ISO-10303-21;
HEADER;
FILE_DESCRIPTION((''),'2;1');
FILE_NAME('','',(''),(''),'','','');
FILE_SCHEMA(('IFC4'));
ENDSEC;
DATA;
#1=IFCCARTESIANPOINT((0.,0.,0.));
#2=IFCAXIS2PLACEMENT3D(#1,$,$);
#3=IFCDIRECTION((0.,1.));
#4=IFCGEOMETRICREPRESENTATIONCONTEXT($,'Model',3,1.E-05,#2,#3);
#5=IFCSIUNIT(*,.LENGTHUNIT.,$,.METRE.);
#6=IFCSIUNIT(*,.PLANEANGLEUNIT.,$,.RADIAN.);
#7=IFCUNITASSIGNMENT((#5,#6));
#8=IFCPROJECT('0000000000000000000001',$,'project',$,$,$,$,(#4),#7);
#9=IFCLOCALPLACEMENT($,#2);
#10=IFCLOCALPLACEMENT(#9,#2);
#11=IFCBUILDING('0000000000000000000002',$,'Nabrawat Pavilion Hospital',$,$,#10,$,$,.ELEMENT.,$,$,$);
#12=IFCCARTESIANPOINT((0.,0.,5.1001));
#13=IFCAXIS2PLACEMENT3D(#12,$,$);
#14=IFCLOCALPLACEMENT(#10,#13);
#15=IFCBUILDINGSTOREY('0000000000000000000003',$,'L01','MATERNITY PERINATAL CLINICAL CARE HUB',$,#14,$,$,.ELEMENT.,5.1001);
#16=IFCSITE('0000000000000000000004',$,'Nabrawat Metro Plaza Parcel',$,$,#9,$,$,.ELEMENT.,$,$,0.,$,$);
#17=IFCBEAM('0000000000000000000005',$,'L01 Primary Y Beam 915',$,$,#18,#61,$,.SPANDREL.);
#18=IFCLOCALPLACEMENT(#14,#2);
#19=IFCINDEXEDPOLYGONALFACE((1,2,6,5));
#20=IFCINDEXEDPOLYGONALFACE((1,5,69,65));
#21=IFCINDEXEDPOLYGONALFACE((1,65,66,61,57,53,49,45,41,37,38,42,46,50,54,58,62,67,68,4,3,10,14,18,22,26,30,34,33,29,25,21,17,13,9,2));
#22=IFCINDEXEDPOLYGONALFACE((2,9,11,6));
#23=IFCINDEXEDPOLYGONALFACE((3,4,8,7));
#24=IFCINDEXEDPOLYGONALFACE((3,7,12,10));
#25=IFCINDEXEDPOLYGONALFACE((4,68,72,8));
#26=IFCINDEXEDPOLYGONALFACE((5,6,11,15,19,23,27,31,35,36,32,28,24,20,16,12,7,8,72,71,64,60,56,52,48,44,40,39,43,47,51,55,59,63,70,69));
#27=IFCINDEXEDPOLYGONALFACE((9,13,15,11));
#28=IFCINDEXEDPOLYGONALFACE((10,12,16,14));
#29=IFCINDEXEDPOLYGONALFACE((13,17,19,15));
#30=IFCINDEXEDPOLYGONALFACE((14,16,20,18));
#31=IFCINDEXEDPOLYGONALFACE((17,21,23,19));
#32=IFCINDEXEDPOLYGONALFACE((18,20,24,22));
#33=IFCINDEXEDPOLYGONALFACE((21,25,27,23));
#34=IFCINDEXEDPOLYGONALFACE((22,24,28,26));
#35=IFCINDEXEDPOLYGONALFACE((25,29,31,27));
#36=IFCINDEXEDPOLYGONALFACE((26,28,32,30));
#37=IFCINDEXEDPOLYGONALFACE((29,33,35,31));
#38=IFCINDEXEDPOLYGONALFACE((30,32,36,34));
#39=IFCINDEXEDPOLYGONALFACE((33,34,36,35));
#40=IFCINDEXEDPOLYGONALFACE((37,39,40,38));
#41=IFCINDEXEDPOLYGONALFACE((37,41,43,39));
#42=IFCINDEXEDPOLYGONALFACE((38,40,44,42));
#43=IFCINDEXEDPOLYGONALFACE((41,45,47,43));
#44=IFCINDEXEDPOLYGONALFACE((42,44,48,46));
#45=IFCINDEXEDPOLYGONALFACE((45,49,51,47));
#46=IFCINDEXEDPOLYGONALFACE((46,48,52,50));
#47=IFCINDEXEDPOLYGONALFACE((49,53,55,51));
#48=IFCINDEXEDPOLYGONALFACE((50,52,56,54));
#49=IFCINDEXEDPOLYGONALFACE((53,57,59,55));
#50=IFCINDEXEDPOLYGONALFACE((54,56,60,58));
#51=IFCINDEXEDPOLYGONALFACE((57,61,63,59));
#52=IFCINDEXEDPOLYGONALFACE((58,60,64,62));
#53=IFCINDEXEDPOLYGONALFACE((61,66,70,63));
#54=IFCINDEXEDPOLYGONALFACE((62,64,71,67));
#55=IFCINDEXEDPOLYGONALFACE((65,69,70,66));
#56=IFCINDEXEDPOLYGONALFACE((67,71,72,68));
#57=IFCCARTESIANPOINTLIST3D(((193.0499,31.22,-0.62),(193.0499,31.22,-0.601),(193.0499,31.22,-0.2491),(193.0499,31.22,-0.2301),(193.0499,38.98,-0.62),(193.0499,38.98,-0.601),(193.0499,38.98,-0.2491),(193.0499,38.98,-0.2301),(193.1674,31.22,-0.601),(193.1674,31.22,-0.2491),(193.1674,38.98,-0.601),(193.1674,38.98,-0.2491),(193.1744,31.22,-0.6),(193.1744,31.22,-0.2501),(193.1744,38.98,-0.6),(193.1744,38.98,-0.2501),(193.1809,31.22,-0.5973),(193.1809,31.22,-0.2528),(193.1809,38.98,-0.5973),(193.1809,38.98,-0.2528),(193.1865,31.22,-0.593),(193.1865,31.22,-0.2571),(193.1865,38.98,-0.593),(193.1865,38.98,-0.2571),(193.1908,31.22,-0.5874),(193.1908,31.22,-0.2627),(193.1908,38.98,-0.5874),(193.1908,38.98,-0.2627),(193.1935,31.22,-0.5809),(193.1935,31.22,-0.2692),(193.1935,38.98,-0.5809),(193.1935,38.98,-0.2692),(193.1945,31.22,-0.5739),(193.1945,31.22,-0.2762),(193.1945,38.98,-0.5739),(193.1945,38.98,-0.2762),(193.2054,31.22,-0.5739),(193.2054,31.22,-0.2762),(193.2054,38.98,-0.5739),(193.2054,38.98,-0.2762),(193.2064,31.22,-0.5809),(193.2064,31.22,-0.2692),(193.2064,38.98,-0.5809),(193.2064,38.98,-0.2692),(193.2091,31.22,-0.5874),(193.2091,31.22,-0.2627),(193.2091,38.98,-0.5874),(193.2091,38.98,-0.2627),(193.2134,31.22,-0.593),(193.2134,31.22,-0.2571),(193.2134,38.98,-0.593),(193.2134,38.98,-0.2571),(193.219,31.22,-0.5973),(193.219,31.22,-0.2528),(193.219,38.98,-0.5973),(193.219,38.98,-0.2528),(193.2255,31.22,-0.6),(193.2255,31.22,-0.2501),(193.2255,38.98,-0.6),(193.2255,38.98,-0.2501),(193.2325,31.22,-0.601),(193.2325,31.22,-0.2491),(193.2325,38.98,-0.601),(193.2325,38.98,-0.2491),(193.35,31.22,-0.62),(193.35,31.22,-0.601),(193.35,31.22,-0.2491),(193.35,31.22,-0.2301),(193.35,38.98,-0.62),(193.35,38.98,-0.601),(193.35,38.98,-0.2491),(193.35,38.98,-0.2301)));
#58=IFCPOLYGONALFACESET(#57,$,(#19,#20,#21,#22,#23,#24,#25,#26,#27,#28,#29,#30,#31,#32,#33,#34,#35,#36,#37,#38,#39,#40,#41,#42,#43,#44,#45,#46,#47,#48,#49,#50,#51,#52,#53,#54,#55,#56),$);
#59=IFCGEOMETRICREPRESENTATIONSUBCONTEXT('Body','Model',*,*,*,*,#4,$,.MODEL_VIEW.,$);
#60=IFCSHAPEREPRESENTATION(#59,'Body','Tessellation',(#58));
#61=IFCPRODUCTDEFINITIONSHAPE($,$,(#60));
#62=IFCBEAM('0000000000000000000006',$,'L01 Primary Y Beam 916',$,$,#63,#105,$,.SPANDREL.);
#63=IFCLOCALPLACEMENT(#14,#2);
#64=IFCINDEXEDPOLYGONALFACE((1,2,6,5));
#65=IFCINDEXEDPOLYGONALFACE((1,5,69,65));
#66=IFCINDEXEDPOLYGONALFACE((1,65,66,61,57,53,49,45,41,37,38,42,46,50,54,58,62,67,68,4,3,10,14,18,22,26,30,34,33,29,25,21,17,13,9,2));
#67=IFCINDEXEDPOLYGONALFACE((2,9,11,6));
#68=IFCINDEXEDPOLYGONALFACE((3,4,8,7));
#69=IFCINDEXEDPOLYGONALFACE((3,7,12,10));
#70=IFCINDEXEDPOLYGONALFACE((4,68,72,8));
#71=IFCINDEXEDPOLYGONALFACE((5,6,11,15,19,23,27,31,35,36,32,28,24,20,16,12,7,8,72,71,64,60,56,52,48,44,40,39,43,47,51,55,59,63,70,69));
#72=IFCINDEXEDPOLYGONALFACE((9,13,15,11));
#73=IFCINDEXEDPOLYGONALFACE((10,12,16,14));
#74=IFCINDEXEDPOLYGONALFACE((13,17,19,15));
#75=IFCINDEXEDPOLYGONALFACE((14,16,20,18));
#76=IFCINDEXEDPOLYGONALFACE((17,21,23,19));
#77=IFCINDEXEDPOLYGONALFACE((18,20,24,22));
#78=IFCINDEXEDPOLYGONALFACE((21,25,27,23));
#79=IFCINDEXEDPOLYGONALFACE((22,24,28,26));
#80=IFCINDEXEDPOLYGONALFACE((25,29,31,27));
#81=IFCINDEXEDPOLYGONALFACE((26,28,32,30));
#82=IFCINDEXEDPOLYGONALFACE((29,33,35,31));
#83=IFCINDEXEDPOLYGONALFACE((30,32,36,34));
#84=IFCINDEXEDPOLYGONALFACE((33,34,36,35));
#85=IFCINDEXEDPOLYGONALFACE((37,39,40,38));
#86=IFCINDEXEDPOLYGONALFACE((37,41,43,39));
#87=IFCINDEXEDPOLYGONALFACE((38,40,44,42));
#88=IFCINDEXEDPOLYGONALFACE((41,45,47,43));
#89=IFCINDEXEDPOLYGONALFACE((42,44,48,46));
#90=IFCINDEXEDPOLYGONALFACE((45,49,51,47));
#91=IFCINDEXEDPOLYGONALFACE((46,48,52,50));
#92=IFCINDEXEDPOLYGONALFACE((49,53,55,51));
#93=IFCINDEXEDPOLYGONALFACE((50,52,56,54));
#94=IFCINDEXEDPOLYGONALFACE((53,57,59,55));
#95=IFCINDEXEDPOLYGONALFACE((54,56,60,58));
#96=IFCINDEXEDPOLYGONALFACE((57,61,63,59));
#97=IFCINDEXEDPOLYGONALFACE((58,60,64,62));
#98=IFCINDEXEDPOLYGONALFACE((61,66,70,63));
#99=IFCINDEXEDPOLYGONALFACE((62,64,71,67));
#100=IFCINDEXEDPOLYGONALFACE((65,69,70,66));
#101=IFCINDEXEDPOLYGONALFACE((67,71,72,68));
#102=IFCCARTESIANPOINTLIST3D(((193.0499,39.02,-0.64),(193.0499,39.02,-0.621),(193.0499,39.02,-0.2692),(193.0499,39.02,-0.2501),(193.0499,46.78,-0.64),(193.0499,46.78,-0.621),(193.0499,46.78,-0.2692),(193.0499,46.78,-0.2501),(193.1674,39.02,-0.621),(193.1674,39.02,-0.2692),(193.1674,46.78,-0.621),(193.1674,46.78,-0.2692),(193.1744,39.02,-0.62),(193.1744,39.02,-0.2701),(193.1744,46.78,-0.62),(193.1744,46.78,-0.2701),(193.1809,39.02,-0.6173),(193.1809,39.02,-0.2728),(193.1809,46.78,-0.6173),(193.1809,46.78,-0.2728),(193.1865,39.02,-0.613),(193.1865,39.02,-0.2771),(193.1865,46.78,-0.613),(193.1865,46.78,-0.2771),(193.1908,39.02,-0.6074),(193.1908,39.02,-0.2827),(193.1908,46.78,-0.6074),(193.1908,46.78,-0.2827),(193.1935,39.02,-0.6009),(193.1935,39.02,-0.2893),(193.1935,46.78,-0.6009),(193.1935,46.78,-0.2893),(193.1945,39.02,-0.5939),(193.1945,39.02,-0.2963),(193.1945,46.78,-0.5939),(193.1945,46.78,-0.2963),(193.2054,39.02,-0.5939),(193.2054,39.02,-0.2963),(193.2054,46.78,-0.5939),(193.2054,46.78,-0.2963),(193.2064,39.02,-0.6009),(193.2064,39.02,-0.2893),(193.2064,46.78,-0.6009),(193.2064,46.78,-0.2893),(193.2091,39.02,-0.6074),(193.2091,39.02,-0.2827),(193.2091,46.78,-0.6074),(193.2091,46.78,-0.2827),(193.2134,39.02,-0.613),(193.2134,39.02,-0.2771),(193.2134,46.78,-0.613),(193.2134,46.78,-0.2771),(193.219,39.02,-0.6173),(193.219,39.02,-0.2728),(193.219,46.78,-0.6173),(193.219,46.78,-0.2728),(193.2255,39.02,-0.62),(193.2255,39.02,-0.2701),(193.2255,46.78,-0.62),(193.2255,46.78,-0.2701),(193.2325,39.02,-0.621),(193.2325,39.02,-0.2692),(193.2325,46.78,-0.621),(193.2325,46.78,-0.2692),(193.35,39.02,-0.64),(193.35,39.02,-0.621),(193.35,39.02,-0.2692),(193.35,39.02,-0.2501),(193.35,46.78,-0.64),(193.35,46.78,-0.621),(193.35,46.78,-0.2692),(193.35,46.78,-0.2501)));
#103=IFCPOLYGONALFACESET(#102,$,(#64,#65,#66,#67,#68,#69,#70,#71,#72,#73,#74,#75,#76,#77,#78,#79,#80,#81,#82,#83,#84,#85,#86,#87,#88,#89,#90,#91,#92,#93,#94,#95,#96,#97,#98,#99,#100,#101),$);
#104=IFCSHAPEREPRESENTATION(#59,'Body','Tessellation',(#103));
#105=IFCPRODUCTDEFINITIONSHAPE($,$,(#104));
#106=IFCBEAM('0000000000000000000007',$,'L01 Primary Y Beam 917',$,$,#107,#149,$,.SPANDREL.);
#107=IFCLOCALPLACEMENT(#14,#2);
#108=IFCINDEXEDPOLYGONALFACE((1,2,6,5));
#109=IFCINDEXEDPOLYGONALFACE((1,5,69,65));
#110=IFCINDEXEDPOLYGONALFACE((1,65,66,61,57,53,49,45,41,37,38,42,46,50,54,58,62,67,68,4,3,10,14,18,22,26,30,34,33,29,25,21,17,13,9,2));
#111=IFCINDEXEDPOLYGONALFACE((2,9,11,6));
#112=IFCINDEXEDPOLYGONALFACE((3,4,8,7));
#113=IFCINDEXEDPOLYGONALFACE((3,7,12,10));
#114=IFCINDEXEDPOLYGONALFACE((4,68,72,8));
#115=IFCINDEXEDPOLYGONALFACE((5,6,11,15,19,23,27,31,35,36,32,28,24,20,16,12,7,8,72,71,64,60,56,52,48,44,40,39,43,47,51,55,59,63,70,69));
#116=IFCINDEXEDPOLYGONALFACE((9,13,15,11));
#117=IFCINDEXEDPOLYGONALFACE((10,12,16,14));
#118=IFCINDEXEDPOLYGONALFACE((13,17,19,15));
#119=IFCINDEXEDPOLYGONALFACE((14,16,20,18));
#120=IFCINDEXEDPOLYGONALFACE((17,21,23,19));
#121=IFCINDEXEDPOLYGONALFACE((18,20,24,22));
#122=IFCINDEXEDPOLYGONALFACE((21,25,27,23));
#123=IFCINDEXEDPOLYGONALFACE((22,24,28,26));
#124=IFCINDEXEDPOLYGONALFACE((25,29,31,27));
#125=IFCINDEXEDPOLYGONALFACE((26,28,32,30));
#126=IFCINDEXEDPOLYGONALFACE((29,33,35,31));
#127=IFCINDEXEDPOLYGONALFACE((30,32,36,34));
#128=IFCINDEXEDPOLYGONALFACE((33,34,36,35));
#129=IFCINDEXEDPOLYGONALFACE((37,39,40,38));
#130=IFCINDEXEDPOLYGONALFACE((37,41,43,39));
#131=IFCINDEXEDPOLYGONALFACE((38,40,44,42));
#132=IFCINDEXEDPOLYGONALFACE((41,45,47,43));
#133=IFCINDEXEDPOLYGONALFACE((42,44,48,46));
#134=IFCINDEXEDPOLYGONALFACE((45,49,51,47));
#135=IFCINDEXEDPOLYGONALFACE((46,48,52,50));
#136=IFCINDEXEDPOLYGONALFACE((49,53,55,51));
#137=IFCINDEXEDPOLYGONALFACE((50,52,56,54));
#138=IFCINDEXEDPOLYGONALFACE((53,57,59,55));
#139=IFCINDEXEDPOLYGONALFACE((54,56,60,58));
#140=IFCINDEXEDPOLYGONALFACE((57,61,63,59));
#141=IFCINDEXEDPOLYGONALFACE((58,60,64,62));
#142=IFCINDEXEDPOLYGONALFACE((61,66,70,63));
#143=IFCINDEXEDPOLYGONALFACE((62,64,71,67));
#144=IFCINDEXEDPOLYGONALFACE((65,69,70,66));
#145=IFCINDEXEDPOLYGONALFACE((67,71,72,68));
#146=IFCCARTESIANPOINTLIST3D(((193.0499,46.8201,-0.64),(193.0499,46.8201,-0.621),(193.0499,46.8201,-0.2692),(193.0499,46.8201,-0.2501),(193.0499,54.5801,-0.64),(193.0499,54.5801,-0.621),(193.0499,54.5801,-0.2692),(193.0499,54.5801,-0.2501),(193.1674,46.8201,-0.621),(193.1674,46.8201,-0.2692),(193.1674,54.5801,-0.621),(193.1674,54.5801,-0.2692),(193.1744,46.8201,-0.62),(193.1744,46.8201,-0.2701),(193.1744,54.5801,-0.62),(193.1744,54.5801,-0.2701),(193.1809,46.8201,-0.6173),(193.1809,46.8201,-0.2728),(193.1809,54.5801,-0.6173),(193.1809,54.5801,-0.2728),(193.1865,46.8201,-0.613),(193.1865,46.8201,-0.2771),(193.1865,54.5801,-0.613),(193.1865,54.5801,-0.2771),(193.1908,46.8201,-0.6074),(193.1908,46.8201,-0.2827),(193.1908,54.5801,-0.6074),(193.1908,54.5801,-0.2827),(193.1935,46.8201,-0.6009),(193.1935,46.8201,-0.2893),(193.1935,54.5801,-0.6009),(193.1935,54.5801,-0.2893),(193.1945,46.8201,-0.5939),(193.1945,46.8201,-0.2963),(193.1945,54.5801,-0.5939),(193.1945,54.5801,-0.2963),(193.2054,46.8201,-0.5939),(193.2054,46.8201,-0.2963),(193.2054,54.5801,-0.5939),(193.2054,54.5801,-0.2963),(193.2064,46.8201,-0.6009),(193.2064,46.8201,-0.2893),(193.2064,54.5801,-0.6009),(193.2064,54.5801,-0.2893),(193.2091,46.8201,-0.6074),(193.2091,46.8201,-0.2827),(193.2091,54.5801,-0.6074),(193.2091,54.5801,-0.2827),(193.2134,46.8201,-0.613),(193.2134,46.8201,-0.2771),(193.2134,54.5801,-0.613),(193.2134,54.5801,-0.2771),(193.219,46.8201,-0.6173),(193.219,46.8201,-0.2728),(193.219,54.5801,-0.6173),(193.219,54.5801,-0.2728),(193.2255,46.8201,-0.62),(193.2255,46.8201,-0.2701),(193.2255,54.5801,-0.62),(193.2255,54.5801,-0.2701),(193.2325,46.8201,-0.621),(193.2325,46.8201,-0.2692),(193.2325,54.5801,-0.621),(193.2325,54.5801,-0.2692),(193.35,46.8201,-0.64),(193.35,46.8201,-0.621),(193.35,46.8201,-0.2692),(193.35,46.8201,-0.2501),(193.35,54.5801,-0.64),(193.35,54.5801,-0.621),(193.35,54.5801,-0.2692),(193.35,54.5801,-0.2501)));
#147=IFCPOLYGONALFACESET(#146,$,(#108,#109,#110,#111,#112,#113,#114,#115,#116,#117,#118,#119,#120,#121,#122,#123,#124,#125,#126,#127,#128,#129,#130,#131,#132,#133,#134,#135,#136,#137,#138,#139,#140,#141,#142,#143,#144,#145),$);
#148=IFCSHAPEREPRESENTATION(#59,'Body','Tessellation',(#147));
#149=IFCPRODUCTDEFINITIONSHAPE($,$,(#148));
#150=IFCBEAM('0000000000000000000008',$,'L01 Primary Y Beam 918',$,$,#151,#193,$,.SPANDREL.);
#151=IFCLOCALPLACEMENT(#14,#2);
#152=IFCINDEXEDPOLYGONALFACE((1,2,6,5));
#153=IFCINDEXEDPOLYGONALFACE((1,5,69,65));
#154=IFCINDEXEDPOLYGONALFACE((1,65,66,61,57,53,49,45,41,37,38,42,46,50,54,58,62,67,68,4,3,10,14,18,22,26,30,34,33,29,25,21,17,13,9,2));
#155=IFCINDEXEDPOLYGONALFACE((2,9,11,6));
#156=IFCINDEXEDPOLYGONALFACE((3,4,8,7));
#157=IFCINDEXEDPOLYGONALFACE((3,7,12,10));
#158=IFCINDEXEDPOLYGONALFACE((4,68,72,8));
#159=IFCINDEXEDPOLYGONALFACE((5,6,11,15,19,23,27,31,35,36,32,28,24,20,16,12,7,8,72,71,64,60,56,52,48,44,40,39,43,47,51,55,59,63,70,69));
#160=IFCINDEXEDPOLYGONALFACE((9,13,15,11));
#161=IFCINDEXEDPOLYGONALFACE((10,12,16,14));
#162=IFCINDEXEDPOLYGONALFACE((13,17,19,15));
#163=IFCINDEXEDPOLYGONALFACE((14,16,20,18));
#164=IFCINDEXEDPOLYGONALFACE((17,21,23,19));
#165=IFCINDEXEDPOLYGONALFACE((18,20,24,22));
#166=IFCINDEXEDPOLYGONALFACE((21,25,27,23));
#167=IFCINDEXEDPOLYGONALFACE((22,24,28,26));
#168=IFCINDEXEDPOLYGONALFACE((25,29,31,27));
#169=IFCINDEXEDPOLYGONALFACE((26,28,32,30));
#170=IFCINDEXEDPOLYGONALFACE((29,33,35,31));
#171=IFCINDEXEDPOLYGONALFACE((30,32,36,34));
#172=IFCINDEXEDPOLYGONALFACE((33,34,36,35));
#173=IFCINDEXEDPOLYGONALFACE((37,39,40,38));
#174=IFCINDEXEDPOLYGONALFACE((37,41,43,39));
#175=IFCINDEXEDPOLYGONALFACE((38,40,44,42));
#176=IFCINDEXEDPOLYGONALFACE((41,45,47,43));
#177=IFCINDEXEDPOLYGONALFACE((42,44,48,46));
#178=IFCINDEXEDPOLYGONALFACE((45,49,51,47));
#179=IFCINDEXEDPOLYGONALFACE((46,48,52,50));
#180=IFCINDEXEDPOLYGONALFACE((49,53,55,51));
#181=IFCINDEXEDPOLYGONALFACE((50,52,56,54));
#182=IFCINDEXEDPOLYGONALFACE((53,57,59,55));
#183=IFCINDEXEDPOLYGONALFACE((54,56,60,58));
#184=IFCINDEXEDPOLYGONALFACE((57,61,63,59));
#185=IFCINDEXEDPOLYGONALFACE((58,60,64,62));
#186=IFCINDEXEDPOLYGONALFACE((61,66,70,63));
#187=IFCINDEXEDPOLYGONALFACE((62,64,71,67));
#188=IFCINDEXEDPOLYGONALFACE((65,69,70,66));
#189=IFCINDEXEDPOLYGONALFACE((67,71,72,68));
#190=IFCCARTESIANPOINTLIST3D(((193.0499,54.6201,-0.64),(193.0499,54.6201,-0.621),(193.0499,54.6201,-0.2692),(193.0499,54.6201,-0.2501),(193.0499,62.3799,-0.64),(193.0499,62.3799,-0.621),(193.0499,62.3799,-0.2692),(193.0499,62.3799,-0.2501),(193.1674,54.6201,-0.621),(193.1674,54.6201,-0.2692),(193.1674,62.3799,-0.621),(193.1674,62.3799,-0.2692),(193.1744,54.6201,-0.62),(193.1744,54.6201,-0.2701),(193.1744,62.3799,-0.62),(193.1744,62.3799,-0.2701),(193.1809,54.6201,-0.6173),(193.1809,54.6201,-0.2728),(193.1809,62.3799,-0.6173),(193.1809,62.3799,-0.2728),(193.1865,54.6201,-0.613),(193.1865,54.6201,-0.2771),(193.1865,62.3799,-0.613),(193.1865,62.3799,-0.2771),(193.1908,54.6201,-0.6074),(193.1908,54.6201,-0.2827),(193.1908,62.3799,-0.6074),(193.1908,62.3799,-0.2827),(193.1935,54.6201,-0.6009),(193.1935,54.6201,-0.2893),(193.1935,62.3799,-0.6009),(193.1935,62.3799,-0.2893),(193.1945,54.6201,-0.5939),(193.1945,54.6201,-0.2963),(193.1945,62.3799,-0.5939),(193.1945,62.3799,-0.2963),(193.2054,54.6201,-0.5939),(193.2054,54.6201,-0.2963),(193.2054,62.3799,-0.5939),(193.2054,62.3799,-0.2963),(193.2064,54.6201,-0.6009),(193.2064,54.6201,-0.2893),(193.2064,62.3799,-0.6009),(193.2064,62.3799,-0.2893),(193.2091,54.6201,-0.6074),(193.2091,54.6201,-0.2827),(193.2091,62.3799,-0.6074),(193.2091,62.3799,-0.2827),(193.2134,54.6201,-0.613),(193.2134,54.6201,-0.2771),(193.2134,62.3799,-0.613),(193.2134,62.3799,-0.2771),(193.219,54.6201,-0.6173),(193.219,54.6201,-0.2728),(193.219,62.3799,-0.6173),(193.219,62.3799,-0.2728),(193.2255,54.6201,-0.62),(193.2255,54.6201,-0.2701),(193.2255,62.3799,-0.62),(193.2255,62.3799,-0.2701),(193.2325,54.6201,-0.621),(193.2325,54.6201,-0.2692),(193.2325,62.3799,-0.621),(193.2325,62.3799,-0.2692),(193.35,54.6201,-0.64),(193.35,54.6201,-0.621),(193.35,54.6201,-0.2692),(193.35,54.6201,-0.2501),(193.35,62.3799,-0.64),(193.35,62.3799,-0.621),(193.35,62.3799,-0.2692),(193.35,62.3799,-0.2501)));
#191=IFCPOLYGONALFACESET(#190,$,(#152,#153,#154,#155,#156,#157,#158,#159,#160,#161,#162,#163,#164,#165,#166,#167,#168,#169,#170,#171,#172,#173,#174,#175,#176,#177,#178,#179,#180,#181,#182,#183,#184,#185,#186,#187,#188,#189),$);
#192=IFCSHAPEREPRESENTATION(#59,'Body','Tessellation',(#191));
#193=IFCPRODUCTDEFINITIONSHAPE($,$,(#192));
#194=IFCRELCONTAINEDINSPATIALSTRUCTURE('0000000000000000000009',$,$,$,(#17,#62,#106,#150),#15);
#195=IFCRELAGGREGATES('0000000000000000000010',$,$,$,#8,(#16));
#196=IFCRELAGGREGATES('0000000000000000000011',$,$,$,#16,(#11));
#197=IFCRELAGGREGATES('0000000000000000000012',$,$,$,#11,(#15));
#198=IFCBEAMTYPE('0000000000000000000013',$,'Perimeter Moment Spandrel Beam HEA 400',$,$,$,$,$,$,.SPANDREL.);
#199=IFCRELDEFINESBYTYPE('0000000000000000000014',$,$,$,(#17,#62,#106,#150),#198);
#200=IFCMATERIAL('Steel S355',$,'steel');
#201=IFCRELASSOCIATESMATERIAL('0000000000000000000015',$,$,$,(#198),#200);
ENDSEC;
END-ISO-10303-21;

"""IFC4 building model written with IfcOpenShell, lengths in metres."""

from ifc_helpers import new_model, si_unit, direction, frame, origin, origin_2d, place, context, subcontext, project, spatial, i_section, extrude, material, material_profile, profile_set, type_object, element, save


model = new_model("IFC4")

# Units and contexts
model_context = context("Model", 3, precision=1e-05, world=origin(), true_north=direction((0.0, 1.0)))
body_context = subcontext(model_context, "Body", "Model", "MODEL_VIEW")
ifc_project = project(units=[si_unit("LENGTHUNIT", "METRE"), si_unit("PLANEANGLEUNIT", "RADIAN")], contexts=[model_context])

# Site, building, storey
site_placement = place(None, origin())
site = spatial("IfcSite", under=ifc_project, at=site_placement, Name="Nabrawat Metro Plaza Parcel", CompositionType="ELEMENT", RefElevation=0.0)
building_placement = place(site_placement, origin())
building = spatial("IfcBuilding", under=site, at=building_placement, Name="Nabrawat Pavilion Hospital", CompositionType="ELEMENT")
storey_placement = place(building_placement, frame((0.0, 0.0, 5.1001)))
storey = spatial("IfcBuildingStorey", under=building, at=storey_placement, Name="L01", Description="MATERNITY PERINATAL CLINICAL CARE HUB", CompositionType="ELEMENT", Elevation=5.1001)

# Shared definitions
ifc_material_1 = material(Name="Steel S355", Category="steel")

# Beams
ifc_material_profile_1 = material_profile(ifc_material_1, i_section(OverallWidth=0.3, OverallDepth=0.3899, WebThickness=0.011, FlangeThickness=0.019, FilletRadius=0.0271, at=origin_2d()), Name="HEA 400")
ifc_profile_set_1 = profile_set([ifc_material_profile_1], Name="Steel S355")
beam_type_1 = type_object("IfcBeamType", Name="Perimeter Moment Spandrel Beam HEA 400", PredefinedType="SPANDREL", material=ifc_profile_set_1)
for number, where, z_axis, x_axis, name in (
    (1, (193.2, 31.22, -0.425), (0.0, 1.0, 0.0), (-1.0, 0.0, 0.0), "L01 Primary Y Beam 915"),
    (2, (193.2, 39.02, -0.4451), (0.0, 1.0, 0.0), (-1.0, 0.0, 0.0), "L01 Primary Y Beam 916"),
    (3, (193.2, 46.8201, -0.4451), (0.0, 1.0, 0.0), (-1.0, 0.0, 0.0), "L01 Primary Y Beam 917"),
):
    element("IfcBeam", number, at=place(storey_placement, frame(where, z_axis=z_axis, x_axis=x_axis)), inside=storey, type_object=beam_type_1, Name=name, PredefinedType="SPANDREL", context=body_context, shape_type="SweptSolid", body=[
        extrude(i_section(OverallWidth=0.3, OverallDepth=0.3899, WebThickness=0.011, FlangeThickness=0.019, FilletRadius=0.0271, at=origin_2d()), origin(), (0.0, 0.0, 1.0), 7.76),
    ])
beam_1_placement = place(storey_placement, frame((193.2, 54.6201, -0.4451), z_axis=(0.0, 1.0, 0.0), x_axis=(-1.0, 0.0, 0.0)))
element("IfcBeam", 4, at=beam_1_placement, inside=storey, type_object=beam_type_1, Name="L01 Primary Y Beam 918", PredefinedType="SPANDREL", context=body_context, shape_type="SweptSolid", body=[
    extrude(i_section(OverallWidth=0.3, OverallDepth=0.3899, WebThickness=0.011, FlangeThickness=0.019, FilletRadius=0.0271, at=origin_2d()), origin(), (0.0, 0.0, 1.0), 7.7598),
])

save(model, "model.ifc")
